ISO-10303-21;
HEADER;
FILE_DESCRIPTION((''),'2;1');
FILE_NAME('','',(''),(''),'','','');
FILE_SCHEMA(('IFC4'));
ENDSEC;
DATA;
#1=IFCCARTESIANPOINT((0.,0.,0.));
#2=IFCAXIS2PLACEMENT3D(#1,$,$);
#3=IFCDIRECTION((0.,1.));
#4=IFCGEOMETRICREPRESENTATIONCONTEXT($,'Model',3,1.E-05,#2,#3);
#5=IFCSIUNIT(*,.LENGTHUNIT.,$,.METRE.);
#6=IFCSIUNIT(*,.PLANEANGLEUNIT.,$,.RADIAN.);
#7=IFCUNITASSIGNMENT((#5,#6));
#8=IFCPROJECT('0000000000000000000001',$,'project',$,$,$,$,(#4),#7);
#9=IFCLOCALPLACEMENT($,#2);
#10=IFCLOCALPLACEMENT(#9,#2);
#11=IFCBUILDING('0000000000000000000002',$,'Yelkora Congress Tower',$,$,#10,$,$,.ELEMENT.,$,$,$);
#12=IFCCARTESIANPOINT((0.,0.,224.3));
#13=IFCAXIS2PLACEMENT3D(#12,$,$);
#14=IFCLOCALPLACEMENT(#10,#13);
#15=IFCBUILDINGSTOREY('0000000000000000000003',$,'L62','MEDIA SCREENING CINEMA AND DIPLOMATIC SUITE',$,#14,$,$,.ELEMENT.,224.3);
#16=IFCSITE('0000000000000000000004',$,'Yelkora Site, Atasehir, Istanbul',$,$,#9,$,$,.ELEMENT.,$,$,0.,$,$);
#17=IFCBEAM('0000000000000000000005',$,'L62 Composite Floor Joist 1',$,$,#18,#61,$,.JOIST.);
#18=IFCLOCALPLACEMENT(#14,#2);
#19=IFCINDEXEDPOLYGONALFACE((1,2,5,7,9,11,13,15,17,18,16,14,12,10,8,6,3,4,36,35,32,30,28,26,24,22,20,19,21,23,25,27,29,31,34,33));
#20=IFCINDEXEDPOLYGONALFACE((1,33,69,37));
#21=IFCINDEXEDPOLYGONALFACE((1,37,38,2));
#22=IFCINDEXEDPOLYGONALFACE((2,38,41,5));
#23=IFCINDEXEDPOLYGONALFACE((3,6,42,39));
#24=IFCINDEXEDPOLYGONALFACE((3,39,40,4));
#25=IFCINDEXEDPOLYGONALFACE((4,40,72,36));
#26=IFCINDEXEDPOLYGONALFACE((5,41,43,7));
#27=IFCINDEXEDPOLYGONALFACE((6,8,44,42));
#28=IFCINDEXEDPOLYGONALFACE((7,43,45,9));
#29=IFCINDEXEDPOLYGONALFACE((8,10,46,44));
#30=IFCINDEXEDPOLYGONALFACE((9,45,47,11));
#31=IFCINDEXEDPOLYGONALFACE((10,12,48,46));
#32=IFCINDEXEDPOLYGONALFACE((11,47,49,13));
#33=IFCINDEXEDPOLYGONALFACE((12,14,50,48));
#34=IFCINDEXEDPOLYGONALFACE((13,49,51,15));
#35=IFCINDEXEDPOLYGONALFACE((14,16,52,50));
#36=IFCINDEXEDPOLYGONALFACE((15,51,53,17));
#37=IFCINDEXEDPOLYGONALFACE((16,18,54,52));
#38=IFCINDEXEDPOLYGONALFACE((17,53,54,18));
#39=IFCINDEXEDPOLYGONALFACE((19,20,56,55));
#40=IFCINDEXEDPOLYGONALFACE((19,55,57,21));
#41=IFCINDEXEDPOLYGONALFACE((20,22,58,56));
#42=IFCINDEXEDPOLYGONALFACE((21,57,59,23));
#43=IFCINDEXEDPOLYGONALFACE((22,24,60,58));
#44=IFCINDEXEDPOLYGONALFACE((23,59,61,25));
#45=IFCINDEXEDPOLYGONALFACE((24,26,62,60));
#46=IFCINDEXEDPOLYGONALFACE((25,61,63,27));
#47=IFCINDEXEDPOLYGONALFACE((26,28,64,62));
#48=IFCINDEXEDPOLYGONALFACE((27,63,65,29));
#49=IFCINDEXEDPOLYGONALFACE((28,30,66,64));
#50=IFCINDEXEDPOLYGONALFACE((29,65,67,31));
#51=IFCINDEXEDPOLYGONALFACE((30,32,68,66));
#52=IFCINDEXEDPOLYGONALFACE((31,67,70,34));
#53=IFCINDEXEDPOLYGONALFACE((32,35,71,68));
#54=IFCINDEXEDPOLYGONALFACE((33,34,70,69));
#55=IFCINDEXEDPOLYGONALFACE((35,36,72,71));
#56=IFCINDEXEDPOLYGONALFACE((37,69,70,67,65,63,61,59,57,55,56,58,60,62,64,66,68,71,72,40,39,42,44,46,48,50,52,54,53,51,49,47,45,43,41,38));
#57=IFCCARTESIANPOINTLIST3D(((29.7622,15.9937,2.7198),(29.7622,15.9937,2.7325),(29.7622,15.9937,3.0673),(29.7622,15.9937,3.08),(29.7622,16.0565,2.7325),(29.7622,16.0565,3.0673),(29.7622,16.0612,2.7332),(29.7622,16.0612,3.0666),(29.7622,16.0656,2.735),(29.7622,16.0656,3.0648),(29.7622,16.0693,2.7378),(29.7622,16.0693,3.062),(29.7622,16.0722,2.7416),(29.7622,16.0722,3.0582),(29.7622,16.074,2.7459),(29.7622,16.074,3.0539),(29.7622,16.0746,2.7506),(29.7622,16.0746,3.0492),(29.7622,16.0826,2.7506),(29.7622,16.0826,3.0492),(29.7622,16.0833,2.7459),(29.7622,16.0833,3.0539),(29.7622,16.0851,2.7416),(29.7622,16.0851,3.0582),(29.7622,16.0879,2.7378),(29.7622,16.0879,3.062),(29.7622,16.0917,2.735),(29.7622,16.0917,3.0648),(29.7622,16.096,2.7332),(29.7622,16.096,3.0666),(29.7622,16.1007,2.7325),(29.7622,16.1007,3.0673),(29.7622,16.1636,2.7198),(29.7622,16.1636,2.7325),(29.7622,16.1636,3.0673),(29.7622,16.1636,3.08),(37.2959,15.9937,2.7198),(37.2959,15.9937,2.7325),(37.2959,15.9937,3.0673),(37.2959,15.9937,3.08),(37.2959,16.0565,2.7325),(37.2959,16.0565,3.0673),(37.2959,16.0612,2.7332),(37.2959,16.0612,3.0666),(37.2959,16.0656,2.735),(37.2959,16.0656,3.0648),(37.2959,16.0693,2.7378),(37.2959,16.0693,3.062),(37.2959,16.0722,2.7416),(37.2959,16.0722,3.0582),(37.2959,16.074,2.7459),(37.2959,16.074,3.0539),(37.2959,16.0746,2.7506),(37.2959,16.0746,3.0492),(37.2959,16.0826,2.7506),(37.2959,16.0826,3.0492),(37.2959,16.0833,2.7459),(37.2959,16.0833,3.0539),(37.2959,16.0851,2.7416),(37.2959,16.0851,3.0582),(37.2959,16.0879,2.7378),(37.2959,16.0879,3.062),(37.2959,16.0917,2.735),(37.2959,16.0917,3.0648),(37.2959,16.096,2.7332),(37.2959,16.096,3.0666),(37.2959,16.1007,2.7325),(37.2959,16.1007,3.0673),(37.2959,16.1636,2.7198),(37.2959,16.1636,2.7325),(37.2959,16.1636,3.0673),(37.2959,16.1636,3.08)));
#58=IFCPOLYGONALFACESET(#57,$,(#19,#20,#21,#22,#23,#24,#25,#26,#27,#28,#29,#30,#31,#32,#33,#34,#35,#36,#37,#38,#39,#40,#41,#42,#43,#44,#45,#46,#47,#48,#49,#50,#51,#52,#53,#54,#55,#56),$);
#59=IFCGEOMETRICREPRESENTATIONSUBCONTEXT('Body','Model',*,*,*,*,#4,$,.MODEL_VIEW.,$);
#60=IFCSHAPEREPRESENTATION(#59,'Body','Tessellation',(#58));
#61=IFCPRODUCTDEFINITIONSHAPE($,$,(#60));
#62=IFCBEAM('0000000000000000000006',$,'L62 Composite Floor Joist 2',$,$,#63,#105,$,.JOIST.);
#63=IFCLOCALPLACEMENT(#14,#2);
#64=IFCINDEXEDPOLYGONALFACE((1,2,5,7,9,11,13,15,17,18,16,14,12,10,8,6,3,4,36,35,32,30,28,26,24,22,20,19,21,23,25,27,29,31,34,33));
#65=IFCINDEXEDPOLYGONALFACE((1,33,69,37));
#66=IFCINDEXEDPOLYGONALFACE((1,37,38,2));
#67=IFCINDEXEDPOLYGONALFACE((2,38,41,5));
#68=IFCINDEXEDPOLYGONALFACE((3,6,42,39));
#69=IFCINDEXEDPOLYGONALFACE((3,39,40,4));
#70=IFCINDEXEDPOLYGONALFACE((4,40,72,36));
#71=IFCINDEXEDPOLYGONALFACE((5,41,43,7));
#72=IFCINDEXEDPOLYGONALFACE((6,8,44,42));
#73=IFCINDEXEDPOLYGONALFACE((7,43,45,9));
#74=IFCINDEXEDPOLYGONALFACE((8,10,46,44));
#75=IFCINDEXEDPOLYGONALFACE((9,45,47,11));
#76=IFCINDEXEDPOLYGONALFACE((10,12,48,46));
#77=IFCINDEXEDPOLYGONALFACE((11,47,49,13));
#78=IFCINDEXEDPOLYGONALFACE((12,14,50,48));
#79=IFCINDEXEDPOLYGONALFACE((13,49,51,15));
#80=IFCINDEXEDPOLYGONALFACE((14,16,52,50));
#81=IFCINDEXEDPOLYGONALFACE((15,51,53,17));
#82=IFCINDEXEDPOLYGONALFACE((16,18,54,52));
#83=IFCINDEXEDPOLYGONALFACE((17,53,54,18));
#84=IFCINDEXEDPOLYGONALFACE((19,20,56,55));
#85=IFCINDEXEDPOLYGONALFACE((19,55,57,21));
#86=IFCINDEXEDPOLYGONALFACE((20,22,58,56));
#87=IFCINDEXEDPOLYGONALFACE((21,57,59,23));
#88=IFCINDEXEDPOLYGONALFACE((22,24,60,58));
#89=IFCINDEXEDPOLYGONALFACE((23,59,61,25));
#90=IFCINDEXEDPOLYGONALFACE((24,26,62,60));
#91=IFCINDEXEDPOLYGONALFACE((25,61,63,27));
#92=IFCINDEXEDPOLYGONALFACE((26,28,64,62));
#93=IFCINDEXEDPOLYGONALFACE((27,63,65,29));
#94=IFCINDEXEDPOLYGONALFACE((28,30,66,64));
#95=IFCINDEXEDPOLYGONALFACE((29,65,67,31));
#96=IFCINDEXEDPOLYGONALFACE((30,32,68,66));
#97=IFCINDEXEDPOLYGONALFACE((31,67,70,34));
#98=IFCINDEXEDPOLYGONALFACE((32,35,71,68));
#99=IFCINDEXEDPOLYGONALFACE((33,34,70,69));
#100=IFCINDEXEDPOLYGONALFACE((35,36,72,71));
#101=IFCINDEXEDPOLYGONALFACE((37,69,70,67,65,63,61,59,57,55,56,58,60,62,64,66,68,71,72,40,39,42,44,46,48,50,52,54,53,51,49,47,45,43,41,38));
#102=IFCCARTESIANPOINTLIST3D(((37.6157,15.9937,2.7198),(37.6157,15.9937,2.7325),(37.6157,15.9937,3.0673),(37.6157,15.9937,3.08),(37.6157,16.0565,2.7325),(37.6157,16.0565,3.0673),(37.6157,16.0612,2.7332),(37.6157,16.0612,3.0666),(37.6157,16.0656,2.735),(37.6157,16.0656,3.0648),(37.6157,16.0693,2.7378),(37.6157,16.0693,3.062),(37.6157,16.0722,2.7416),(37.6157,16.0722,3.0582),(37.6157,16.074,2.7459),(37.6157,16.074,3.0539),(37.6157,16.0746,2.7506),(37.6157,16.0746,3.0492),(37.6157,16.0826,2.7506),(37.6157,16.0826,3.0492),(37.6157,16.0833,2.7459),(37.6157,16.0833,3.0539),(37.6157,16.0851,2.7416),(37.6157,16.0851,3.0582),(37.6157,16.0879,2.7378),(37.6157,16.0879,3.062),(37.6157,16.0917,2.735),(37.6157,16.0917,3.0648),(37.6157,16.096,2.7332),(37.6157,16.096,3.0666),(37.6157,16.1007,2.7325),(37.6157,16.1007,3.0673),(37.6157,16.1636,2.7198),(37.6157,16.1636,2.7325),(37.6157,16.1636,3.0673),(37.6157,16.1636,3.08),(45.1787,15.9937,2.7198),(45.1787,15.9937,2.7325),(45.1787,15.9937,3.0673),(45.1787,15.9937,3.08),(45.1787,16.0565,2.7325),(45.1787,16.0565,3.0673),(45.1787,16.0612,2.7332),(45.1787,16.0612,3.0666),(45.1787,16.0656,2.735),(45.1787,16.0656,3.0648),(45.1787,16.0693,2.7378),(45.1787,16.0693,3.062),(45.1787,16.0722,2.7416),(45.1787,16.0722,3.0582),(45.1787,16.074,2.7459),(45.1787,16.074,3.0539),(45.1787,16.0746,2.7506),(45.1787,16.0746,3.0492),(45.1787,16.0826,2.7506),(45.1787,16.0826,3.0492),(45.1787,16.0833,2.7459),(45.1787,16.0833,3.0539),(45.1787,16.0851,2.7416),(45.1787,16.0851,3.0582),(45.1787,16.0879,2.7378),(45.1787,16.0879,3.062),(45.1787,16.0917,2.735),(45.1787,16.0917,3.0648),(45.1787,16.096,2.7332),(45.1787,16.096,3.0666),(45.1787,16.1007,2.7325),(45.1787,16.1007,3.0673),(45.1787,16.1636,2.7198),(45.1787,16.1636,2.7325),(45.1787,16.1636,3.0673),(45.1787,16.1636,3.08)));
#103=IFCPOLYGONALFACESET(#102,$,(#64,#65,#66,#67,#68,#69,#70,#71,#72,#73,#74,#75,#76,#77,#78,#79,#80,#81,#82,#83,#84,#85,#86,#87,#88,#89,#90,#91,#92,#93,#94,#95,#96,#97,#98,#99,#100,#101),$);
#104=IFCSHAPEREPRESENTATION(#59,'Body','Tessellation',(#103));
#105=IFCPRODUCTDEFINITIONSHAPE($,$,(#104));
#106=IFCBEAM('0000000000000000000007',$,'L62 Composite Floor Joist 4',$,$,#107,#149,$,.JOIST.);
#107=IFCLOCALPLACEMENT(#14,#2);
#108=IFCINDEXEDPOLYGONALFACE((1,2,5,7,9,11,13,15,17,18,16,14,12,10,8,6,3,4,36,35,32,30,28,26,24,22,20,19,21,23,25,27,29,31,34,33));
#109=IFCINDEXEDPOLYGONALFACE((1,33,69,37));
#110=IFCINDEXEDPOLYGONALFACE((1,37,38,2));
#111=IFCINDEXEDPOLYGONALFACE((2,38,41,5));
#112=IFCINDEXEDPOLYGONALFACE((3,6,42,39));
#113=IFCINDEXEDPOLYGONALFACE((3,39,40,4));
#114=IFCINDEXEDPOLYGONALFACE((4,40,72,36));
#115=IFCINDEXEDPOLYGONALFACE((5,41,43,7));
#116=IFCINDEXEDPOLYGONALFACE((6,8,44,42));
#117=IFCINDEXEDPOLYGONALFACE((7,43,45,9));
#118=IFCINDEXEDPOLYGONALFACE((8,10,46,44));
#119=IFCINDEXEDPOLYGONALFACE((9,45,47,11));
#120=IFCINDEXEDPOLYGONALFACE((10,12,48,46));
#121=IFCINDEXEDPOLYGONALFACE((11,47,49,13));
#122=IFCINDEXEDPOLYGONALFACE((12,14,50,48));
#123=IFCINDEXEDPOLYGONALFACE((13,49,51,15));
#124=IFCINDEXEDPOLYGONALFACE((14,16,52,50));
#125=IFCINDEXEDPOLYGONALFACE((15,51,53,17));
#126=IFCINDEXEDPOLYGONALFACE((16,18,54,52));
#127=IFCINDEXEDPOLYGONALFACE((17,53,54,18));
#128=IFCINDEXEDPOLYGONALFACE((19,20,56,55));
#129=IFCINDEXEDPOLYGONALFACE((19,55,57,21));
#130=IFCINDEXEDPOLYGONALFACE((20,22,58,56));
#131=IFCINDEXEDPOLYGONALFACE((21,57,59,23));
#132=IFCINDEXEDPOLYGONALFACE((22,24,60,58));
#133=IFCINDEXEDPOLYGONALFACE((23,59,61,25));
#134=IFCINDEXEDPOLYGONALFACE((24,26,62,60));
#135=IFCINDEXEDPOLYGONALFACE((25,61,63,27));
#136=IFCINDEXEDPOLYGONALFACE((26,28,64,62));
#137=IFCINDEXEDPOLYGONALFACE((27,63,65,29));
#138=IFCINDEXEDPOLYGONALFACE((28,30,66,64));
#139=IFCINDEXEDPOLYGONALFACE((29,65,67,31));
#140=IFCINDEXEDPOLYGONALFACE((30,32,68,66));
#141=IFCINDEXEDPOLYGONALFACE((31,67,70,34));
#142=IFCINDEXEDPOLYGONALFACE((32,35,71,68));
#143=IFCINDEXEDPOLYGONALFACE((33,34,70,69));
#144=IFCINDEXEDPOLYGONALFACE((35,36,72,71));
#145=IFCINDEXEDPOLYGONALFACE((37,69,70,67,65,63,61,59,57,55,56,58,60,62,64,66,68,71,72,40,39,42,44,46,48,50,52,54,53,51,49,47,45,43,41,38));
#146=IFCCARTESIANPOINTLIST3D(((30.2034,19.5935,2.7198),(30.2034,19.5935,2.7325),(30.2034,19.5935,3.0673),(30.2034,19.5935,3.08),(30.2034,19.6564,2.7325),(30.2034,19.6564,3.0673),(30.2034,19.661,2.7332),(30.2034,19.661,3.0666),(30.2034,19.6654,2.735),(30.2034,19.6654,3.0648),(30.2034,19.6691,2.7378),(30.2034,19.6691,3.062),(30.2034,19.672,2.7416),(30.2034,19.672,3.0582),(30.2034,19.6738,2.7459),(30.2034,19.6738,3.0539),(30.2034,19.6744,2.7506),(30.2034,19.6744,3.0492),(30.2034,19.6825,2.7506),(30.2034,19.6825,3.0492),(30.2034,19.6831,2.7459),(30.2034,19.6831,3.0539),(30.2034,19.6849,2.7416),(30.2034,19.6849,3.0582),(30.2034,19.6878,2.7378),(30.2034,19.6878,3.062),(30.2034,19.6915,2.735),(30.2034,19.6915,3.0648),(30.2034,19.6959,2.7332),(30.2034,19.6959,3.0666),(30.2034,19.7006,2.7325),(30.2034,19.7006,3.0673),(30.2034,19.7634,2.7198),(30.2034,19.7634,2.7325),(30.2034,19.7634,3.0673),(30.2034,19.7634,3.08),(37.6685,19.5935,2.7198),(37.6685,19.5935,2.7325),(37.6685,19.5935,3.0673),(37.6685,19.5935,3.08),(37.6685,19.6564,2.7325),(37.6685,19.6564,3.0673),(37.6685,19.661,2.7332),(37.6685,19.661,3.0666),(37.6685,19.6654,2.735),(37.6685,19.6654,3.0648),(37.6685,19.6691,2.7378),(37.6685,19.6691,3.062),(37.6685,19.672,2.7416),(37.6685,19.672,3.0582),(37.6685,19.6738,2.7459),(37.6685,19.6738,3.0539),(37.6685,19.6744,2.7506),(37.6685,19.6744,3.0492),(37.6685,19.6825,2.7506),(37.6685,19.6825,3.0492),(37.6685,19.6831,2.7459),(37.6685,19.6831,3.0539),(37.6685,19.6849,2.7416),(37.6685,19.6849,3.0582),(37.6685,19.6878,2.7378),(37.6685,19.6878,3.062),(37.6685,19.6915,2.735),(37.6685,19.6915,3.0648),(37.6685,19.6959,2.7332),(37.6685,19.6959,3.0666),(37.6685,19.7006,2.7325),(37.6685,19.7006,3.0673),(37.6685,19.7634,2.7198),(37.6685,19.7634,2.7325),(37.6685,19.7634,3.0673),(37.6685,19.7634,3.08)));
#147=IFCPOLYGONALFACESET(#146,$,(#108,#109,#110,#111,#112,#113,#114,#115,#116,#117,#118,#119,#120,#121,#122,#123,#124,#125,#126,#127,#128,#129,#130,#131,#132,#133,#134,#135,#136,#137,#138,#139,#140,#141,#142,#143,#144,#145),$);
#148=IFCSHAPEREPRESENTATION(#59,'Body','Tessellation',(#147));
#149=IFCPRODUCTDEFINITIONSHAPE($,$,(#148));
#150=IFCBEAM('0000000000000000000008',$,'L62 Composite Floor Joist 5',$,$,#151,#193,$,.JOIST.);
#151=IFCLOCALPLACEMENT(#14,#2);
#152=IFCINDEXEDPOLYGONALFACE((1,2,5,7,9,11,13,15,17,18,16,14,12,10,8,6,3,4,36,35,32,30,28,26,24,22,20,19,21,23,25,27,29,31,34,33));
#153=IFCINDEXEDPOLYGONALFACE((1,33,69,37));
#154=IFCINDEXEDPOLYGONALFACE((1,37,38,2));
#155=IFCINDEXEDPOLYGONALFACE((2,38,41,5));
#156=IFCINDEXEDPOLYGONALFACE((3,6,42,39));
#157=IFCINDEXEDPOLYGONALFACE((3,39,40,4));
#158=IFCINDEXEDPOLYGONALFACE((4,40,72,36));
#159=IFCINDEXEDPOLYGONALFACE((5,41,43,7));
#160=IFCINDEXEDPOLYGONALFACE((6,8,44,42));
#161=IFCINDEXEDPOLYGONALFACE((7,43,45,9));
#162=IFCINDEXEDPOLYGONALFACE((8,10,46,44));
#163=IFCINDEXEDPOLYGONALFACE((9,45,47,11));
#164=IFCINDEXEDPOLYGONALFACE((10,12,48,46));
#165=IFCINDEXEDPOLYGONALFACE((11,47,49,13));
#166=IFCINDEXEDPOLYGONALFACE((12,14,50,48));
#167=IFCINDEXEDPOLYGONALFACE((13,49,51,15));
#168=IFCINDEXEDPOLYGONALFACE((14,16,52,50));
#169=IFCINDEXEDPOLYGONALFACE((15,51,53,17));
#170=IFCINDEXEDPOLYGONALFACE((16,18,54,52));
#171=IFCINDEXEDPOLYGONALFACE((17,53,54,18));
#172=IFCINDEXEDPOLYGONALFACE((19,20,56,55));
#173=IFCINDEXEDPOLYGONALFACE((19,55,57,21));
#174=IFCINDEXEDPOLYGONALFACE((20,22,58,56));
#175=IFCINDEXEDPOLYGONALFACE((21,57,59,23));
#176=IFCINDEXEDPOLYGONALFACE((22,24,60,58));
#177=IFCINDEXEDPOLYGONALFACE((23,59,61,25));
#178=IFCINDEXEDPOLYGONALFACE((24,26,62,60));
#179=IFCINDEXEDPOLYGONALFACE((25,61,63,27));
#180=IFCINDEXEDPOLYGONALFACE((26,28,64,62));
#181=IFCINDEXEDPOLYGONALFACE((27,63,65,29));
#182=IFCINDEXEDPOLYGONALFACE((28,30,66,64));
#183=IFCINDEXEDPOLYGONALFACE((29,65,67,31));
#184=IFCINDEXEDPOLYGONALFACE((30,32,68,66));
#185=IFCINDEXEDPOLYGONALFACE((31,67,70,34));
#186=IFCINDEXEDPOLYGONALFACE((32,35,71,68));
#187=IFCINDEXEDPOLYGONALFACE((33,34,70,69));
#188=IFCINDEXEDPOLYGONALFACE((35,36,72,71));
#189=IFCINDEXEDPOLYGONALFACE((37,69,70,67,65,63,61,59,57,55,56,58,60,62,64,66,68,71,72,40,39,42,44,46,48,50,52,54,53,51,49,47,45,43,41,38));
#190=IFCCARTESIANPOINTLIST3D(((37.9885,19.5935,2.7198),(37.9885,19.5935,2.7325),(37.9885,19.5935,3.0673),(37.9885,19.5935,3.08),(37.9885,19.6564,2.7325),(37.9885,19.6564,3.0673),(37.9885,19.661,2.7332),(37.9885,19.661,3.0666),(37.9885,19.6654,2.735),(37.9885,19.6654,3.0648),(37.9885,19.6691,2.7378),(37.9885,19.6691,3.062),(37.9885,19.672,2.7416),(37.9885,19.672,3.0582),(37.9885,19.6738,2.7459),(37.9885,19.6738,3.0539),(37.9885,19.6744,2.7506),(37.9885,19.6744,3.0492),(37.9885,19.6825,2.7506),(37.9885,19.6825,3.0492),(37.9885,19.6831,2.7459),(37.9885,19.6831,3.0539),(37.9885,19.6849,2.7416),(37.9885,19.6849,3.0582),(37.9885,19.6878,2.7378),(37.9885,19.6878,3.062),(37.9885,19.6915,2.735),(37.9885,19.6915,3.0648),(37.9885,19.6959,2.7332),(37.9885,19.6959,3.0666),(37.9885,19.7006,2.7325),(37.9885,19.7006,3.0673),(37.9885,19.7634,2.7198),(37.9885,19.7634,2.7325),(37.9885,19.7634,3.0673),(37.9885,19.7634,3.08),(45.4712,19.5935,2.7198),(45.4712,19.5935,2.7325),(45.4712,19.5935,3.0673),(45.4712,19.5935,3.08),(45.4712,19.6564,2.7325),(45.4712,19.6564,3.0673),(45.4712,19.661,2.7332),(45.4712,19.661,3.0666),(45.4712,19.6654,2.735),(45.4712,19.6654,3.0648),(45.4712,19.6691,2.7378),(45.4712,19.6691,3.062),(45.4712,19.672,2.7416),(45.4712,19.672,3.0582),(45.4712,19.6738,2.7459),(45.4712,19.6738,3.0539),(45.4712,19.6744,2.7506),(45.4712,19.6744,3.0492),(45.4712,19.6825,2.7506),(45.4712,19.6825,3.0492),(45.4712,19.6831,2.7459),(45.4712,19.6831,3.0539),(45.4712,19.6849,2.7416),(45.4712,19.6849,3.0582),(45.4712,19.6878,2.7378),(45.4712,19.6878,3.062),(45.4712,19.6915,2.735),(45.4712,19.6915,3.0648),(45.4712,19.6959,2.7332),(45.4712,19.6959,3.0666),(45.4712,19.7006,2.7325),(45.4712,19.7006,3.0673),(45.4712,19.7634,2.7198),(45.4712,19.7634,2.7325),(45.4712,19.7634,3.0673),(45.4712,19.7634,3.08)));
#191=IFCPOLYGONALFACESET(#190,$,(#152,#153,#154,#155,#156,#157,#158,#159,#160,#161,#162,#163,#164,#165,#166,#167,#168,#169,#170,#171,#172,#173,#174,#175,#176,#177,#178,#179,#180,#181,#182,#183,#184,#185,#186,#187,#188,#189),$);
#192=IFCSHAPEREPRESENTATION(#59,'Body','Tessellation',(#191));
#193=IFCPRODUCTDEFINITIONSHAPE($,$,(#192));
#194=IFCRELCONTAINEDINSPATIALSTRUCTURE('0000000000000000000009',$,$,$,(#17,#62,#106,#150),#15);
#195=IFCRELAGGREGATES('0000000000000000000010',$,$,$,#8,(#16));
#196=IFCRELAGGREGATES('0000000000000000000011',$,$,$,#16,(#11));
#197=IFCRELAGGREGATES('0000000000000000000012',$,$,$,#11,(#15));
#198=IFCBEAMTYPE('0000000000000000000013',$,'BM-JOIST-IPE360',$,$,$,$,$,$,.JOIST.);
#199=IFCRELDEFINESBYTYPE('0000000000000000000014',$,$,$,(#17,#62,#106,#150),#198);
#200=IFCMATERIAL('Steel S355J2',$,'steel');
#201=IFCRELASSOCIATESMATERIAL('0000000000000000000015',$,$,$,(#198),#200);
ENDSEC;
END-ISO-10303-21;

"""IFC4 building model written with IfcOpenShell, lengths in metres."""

from ifc_helpers import new_model, si_unit, direction, frame, origin, origin_2d, place, context, subcontext, project, spatial, i_section, extrude, material, material_profile, profile_set, type_object, element, save


model = new_model("IFC4")

# Units and contexts
model_context = context("Model", 3, precision=1e-05, world=origin(), true_north=direction((0.0, 1.0)))
body_context = subcontext(model_context, "Body", "Model", "MODEL_VIEW")
ifc_project = project(units=[si_unit("LENGTHUNIT", "METRE"), si_unit("PLANEANGLEUNIT", "RADIAN")], contexts=[model_context])

# Site, building, storey
site_placement = place(None, origin())
site = spatial("IfcSite", under=ifc_project, at=site_placement, Name="Yelkora Site, Atasehir, Istanbul", CompositionType="ELEMENT", RefElevation=0.0)
building_placement = place(site_placement, origin())
building = spatial("IfcBuilding", under=site, at=building_placement, Name="Yelkora Congress Tower", CompositionType="ELEMENT")
storey_placement = place(building_placement, frame((0.0, 0.0, 224.3)))
storey = spatial("IfcBuildingStorey", under=building, at=storey_placement, Name="L62", Description="MEDIA SCREENING CINEMA AND DIPLOMATIC SUITE", CompositionType="ELEMENT", Elevation=224.3)

# Shared definitions
ifc_material_1 = material(Name="Steel S355J2", Category="steel")

# Beams
ifc_material_profile_1 = material_profile(ifc_material_1, i_section(OverallWidth=0.1699, OverallDepth=0.3601, WebThickness=0.0081, FlangeThickness=0.0127, FilletRadius=0.0181, at=origin_2d()), Name="IPE 360")
ifc_profile_set_1 = profile_set([ifc_material_profile_1], Name="Steel S355J2")
beam_type_1 = type_object("IfcBeamType", Name="BM-JOIST-IPE360", PredefinedType="JOIST", material=ifc_profile_set_1)
beam_1_placement = place(storey_placement, frame((29.7622, 16.0786, 2.8999), z_axis=(1.0, 0.0, 0.0), x_axis=(0.0, 1.0, 0.0)))
element("IfcBeam", 1, at=beam_1_placement, inside=storey, type_object=beam_type_1, Name="L62 Composite Floor Joist 1", PredefinedType="JOIST", context=body_context, shape_type="SweptSolid", body=[
    extrude(i_section(OverallWidth=0.1699, OverallDepth=0.3601, WebThickness=0.0081, FlangeThickness=0.0127, FilletRadius=0.0181, at=origin_2d()), origin(), (0.0, 0.0, 1.0), 7.5337),
])
beam_2_placement = place(storey_placement, frame((37.6157, 16.0786, 2.8999), z_axis=(1.0, 0.0, 0.0), x_axis=(0.0, 1.0, 0.0)))
element("IfcBeam", 2, at=beam_2_placement, inside=storey, type_object=beam_type_1, Name="L62 Composite Floor Joist 2", PredefinedType="JOIST", context=body_context, shape_type="SweptSolid", body=[
    extrude(i_section(OverallWidth=0.1699, OverallDepth=0.3601, WebThickness=0.0081, FlangeThickness=0.0127, FilletRadius=0.0181, at=origin_2d()), origin(), (0.0, 0.0, 1.0), 7.563),
])
beam_3_placement = place(storey_placement, frame((30.2034, 19.6785, 2.8999), z_axis=(1.0, 0.0, 0.0), x_axis=(0.0, 1.0, 0.0)))
element("IfcBeam", 3, at=beam_3_placement, inside=storey, type_object=beam_type_1, Name="L62 Composite Floor Joist 4", PredefinedType="JOIST", context=body_context, shape_type="SweptSolid", body=[
    extrude(i_section(OverallWidth=0.1699, OverallDepth=0.3601, WebThickness=0.0081, FlangeThickness=0.0127, FilletRadius=0.0181, at=origin_2d()), origin(), (0.0, 0.0, 1.0), 7.4651),
])
beam_4_placement = place(storey_placement, frame((37.9885, 19.6785, 2.8999), z_axis=(1.0, 0.0, 0.0), x_axis=(0.0, 1.0, 0.0)))
element("IfcBeam", 4, at=beam_4_placement, inside=storey, type_object=beam_type_1, Name="L62 Composite Floor Joist 5", PredefinedType="JOIST", context=body_context, shape_type="SweptSolid", body=[
    extrude(i_section(OverallWidth=0.1699, OverallDepth=0.3601, WebThickness=0.0081, FlangeThickness=0.0127, FilletRadius=0.0181, at=origin_2d()), origin(), (0.0, 0.0, 1.0), 7.4827),
])

save(model, "model.ifc")
